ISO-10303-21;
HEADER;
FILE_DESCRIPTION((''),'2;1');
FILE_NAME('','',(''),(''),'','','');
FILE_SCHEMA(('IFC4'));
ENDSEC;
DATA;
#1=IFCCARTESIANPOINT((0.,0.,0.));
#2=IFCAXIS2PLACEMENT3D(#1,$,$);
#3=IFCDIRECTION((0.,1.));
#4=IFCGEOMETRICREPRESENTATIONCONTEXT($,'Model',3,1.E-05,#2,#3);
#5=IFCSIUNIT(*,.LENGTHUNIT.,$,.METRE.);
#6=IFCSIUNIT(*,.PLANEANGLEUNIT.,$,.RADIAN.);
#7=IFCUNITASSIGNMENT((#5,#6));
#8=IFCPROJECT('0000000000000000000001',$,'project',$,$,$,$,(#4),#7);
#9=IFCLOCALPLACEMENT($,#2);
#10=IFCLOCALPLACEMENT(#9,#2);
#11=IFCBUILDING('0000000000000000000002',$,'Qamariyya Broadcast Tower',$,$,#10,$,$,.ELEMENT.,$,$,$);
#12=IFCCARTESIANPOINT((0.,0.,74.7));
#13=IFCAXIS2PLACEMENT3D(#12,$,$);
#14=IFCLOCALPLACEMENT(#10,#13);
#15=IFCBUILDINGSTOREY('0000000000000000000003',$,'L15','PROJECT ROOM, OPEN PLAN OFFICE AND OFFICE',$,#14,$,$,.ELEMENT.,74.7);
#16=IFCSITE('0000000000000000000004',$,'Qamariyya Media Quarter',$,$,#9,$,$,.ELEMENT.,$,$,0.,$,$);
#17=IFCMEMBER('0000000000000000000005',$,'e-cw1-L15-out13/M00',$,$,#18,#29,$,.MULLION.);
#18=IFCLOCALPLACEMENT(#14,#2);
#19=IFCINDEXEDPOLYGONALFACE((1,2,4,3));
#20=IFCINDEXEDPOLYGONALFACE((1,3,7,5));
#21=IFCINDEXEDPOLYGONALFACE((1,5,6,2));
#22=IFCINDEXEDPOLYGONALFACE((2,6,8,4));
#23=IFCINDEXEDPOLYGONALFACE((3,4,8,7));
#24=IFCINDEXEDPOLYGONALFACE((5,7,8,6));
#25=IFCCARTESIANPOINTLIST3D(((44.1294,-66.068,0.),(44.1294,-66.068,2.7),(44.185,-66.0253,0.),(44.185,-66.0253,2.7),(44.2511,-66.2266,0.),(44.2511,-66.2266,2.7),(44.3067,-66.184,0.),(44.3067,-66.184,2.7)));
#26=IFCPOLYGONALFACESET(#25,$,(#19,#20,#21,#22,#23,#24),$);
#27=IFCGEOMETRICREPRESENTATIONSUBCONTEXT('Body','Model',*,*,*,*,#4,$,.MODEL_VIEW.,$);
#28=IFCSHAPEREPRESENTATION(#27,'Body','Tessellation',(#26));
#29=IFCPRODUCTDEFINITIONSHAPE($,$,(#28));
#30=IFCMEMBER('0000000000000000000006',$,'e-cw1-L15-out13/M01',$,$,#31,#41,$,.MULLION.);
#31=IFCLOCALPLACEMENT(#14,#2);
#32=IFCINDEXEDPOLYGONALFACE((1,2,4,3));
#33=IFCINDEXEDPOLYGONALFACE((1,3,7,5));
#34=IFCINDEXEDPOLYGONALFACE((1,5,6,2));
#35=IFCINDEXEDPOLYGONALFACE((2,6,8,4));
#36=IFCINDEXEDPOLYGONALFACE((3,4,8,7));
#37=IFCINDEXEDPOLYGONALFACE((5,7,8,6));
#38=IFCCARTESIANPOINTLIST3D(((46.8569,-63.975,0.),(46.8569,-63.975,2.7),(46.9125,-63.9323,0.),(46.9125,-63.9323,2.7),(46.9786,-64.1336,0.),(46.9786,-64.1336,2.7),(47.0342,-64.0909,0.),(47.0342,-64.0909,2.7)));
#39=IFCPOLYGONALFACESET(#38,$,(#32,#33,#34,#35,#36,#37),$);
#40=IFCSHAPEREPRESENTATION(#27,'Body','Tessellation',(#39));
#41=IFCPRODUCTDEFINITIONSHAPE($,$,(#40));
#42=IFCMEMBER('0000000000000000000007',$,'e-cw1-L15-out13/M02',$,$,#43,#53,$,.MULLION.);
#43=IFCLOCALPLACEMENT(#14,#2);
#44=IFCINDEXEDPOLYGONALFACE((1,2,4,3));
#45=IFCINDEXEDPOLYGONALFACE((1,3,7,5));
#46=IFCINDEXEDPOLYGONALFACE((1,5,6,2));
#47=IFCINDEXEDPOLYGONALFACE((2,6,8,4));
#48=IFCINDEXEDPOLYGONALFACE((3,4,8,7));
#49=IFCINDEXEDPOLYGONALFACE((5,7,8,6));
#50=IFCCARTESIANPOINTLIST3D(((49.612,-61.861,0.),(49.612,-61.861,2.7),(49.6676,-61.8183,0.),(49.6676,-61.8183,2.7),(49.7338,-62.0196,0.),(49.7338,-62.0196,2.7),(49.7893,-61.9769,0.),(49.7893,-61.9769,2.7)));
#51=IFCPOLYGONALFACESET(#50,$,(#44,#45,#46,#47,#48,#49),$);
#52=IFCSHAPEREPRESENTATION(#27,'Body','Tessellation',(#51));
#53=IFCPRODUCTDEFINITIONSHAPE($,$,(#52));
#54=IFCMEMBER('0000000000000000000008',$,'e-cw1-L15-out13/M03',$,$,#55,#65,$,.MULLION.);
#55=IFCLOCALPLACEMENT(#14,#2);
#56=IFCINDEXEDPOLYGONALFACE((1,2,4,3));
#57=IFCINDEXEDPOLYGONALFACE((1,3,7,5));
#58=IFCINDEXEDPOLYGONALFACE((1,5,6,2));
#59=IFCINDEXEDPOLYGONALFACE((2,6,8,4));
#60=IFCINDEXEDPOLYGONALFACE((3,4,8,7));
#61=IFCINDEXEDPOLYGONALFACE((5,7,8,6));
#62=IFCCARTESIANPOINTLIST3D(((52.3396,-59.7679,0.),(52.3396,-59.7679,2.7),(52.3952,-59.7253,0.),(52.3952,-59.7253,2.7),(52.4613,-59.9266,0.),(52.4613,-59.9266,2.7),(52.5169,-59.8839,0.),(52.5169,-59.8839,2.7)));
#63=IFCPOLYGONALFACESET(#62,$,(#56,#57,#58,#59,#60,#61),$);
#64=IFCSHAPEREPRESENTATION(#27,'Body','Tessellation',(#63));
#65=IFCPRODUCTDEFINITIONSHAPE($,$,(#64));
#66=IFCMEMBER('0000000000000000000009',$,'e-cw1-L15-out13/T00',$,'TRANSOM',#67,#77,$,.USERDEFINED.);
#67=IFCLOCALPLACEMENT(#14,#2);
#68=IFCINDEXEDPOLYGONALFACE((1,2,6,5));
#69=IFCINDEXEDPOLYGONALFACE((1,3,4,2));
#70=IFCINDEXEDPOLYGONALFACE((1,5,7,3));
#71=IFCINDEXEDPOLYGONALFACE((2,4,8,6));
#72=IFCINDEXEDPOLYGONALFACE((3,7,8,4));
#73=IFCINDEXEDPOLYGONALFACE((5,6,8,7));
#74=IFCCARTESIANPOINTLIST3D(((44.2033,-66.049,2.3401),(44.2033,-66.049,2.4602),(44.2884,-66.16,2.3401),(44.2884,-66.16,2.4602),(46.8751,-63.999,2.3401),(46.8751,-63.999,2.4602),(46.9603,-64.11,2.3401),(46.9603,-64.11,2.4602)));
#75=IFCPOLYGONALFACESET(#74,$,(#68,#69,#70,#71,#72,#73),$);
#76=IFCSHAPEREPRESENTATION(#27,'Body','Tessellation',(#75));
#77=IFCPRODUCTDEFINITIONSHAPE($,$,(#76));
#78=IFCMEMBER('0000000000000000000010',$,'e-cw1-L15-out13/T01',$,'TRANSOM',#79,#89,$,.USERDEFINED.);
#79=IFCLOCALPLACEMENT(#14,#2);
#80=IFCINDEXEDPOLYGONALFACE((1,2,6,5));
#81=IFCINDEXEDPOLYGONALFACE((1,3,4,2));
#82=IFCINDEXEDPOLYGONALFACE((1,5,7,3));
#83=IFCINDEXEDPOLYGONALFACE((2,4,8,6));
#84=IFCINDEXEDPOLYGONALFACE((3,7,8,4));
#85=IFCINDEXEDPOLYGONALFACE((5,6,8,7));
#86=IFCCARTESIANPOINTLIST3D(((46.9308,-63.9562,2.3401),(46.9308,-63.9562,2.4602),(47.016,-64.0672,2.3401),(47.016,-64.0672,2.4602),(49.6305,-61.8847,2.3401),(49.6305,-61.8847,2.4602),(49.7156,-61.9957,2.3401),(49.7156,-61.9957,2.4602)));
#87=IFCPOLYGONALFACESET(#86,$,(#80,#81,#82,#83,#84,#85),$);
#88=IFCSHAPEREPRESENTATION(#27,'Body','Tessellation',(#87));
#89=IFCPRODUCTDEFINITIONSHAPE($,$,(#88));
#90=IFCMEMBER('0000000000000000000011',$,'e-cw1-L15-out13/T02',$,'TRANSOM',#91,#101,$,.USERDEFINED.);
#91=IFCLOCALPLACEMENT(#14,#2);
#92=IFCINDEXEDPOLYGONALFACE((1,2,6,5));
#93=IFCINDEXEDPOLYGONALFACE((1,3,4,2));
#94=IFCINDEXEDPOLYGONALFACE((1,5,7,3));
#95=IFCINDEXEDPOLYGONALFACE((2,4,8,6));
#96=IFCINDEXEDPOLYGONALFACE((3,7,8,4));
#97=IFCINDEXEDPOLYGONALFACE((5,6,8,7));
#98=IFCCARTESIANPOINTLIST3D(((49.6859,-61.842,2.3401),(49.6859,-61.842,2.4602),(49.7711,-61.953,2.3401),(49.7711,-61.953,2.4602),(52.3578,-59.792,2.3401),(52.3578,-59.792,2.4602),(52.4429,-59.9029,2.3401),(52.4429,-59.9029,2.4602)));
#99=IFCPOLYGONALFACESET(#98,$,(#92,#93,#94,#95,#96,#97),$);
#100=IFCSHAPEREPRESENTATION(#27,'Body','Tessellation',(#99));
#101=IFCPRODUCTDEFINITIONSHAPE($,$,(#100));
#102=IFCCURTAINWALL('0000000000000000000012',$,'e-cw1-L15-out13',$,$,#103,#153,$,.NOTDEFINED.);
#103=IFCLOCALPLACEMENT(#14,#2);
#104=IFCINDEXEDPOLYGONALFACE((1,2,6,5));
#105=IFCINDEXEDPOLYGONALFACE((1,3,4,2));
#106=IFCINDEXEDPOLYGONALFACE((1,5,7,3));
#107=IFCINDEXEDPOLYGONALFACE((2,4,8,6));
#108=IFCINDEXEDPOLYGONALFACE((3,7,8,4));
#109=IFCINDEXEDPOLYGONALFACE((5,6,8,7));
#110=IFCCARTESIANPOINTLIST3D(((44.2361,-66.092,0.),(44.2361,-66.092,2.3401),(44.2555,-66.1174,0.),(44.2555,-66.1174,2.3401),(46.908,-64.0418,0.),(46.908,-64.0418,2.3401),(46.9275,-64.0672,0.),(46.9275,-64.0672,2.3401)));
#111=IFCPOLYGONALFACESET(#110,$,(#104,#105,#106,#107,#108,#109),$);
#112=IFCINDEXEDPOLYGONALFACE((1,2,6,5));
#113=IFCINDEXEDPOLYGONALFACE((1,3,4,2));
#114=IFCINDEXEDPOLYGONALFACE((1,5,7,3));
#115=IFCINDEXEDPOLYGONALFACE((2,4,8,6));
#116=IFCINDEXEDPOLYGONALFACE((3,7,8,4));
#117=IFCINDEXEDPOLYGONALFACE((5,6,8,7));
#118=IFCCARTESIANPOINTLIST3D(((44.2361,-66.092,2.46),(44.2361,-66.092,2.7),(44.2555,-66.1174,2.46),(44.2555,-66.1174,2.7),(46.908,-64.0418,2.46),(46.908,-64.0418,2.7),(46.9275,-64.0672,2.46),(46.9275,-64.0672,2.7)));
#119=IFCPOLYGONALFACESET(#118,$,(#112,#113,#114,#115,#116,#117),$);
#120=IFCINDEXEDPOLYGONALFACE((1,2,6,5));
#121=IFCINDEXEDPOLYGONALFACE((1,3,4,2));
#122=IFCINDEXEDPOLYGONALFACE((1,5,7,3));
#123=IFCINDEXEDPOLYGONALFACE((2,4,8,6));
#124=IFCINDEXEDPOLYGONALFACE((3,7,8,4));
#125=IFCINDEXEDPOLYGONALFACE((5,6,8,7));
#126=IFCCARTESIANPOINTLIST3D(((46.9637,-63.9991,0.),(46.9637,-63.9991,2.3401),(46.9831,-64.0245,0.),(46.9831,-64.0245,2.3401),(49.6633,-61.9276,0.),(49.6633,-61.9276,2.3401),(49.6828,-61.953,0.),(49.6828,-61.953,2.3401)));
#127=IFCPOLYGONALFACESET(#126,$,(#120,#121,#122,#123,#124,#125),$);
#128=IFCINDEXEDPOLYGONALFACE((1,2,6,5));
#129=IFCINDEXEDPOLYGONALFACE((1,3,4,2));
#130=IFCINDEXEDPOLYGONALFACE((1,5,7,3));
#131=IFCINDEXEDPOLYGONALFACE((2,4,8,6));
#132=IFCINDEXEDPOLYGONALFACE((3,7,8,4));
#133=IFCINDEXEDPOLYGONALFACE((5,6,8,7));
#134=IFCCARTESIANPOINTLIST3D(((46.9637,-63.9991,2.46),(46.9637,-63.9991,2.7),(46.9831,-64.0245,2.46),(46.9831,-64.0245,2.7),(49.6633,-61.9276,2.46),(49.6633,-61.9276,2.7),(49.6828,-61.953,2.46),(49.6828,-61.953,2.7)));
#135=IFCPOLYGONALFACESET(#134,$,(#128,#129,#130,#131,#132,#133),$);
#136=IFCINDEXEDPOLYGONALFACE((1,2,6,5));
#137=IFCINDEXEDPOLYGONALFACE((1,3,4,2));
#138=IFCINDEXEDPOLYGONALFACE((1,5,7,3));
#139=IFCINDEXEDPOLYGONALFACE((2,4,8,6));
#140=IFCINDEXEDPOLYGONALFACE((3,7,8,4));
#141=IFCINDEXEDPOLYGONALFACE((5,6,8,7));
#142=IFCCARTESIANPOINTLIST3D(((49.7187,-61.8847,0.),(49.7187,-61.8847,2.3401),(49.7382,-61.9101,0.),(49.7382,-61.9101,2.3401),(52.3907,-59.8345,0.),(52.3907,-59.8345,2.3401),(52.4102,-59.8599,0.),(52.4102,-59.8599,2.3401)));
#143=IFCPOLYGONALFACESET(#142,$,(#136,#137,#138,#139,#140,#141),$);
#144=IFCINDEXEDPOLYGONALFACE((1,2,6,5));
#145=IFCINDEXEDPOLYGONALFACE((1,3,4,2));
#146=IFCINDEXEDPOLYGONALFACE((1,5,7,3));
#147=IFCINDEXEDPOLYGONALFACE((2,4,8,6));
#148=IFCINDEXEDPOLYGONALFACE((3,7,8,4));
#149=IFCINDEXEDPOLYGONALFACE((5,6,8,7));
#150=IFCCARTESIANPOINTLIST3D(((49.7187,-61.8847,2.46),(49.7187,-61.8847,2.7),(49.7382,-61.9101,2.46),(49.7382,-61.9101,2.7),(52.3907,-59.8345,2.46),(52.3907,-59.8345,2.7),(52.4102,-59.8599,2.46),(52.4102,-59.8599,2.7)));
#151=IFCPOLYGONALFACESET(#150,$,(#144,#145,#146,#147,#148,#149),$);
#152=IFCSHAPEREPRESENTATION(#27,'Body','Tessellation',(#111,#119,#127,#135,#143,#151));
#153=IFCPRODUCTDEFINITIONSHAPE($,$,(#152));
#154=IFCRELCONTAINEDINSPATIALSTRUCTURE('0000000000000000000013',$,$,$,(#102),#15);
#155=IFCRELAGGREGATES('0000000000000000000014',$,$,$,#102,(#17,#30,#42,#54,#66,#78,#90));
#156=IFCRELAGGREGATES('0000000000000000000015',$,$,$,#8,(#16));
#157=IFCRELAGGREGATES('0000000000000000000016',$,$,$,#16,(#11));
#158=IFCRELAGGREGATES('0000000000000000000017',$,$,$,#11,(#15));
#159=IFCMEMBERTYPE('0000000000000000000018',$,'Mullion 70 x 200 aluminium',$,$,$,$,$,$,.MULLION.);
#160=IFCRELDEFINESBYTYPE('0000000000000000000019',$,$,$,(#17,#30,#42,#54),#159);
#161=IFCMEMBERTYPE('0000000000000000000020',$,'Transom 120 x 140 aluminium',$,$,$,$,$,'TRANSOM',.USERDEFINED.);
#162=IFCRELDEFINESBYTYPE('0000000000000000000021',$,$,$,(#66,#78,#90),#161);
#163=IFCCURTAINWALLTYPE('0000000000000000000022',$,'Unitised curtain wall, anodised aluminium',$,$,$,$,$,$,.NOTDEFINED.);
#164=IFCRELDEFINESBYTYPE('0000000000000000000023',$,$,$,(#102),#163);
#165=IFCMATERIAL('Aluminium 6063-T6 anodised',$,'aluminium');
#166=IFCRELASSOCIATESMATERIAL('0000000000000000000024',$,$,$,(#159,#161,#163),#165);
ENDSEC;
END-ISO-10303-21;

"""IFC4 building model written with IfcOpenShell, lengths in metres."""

from ifc_helpers import new_model, si_unit, direction, frame, origin, origin_2d, place, context, subcontext, project, spatial, rectangle, extrude, material, material_profile, profile_set, type_object, element, aggregate, save


model = new_model("IFC4")

# Units and contexts
model_context = context("Model", 3, precision=1e-05, world=origin(), true_north=direction((0.0, 1.0)))
body_context = subcontext(model_context, "Body", "Model", "MODEL_VIEW")
ifc_project = project(units=[si_unit("LENGTHUNIT", "METRE"), si_unit("PLANEANGLEUNIT", "RADIAN")], contexts=[model_context])

# Members
ifc_material = material(Name="Aluminium 6063-T6 anodised", Category="aluminium")
ifc_material_profile_1 = material_profile(ifc_material, rectangle(XDim=0.2, YDim=0.0701, at=origin_2d()))
ifc_profile_set_1 = profile_set([ifc_material_profile_1], Name="Aluminium 6063-T6 anodised")
member_type_1 = type_object("IfcMemberType", Name="Mullion 70 x 200 aluminium", PredefinedType="MULLION", material=ifc_profile_set_1)
site_placement = place(None, origin())
building_placement = place(site_placement, origin())
storey_placement = place(building_placement, frame((0.0, 0.0, 74.7)))
member_1_placement = place(storey_placement, frame((44.218, -66.126, 0.0), z_axis=(0.0, 0.0, 1.0), x_axis=(-0.608761, 0.793353, 0.0)))
member_1 = element("IfcMember", 1, at=member_1_placement, type_object=member_type_1, Name="e-cw1-L15-out13/M00", PredefinedType="MULLION", context=body_context, shape_type="SweptSolid", body=[
    extrude(rectangle(XDim=0.2, YDim=0.0701, at=origin_2d()), origin(), (0.0, 0.0, 1.0), 2.7),
])
member_2_placement = place(storey_placement, frame((46.9456, -64.033, 0.0), z_axis=(0.0, 0.0, 1.0), x_axis=(-0.608761, 0.793353, 0.0)))
member_2 = element("IfcMember", 2, at=member_2_placement, type_object=member_type_1, Name="e-cw1-L15-out13/M01", PredefinedType="MULLION", context=body_context, shape_type="SweptSolid", body=[
    extrude(rectangle(XDim=0.2, YDim=0.0701, at=origin_2d()), origin(), (0.0, 0.0, 1.0), 2.7),
])
member_3_placement = place(storey_placement, frame((49.7007, -61.9189, 0.0), z_axis=(0.0, 0.0, 1.0), x_axis=(-0.608761, 0.793353, 0.0)))
member_3 = element("IfcMember", 3, at=member_3_placement, type_object=member_type_1, Name="e-cw1-L15-out13/M02", PredefinedType="MULLION", context=body_context, shape_type="SweptSolid", body=[
    extrude(rectangle(XDim=0.2, YDim=0.0701, at=origin_2d()), origin(), (0.0, 0.0, 1.0), 2.7),
])
member_4_placement = place(storey_placement, frame((52.4282, -59.8259, 0.0), z_axis=(0.0, 0.0, 1.0), x_axis=(-0.608761, 0.793353, 0.0)))
member_4 = element("IfcMember", 4, at=member_4_placement, type_object=member_type_1, Name="e-cw1-L15-out13/M03", PredefinedType="MULLION", context=body_context, shape_type="SweptSolid", body=[
    extrude(rectangle(XDim=0.2, YDim=0.0701, at=origin_2d()), origin(), (0.0, 0.0, 1.0), 2.7),
])
ifc_material_profile_2 = material_profile(ifc_material, rectangle(XDim=0.1399, YDim=0.1201, at=origin_2d()))
ifc_profile_set_2 = profile_set([ifc_material_profile_2], Name="Aluminium 6063-T6 anodised")
member_type_2 = type_object("IfcMemberType", Name="Transom 120 x 140 aluminium", ElementType="TRANSOM", PredefinedType="USERDEFINED", material=ifc_profile_set_2)
member_5_placement = place(storey_placement, frame((44.2458, -66.1045, 2.4001), z_axis=(0.793375, 0.608733, 0.0), x_axis=(-0.608733, 0.793375, 0.0)))
member_5 = element("IfcMember", 5, at=member_5_placement, type_object=member_type_2, Name="e-cw1-L15-out13/T00", ObjectType="TRANSOM", PredefinedType="USERDEFINED", context=body_context, shape_type="SweptSolid", body=[
    extrude(rectangle(XDim=0.1399, YDim=0.1201, at=origin_2d()), origin(), (0.0, 0.0, 1.0), 3.3677),
])
member_6_placement = place(storey_placement, frame((46.9734, -64.0117, 2.4001), z_axis=(0.793357, 0.608757, 0.0), x_axis=(-0.608757, 0.793357, 0.0)))
member_6 = element("IfcMember", 6, at=member_6_placement, type_object=member_type_2, Name="e-cw1-L15-out13/T01", ObjectType="TRANSOM", PredefinedType="USERDEFINED", context=body_context, shape_type="SweptSolid", body=[
    extrude(rectangle(XDim=0.1399, YDim=0.1201, at=origin_2d()), origin(), (0.0, 0.0, 1.0), 3.4028),
])
member_7_placement = place(storey_placement, frame((49.7285, -61.8975, 2.4001), z_axis=(0.793375, 0.608733, 0.0), x_axis=(-0.608733, 0.793375, 0.0)))
member_7 = element("IfcMember", 7, at=member_7_placement, type_object=member_type_2, Name="e-cw1-L15-out13/T02", ObjectType="TRANSOM", PredefinedType="USERDEFINED", context=body_context, shape_type="SweptSolid", body=[
    extrude(rectangle(XDim=0.1399, YDim=0.1201, at=origin_2d()), origin(), (0.0, 0.0, 1.0), 3.3677),
])

# Site, building, storey
site = spatial("IfcSite", under=ifc_project, at=site_placement, Name="Qamariyya Media Quarter", CompositionType="ELEMENT", RefElevation=0.0)
building = spatial("IfcBuilding", under=site, at=building_placement, Name="Qamariyya Broadcast Tower", CompositionType="ELEMENT")
storey = spatial("IfcBuildingStorey", under=building, at=storey_placement, Name="L15", Description="PROJECT ROOM, OPEN PLAN OFFICE AND OFFICE", CompositionType="ELEMENT", Elevation=74.7)

# Curtain wall
curtain_wall_type = type_object("IfcCurtainWallType", Name="Unitised curtain wall, anodised aluminium", PredefinedType="NOTDEFINED", material=ifc_material)
curtain_wall_1_placement = place(storey_placement, origin())
curtain_wall_1 = element("IfcCurtainWall", 8, at=curtain_wall_1_placement, inside=storey, type_object=curtain_wall_type, Name="e-cw1-L15-out13", PredefinedType="NOTDEFINED", context=body_context, shape_type="SweptSolid", body=[
    extrude(rectangle(XDim=3.3679, YDim=0.032, at=origin_2d()), frame((45.5818, -65.0796, 0.0), x_axis=(0.793358, 0.608756, 0.0)), (0.0, 0.0, 1.0), 2.3401),
    extrude(rectangle(XDim=3.3679, YDim=0.032, at=origin_2d()), frame((45.5818, -65.0796, 2.46), x_axis=(0.793358, 0.608756, 0.0)), (0.0, 0.0, 1.0), 0.24),
    extrude(rectangle(XDim=3.4028, YDim=0.032, at=origin_2d()), frame((48.3232, -62.9761, 0.0), x_axis=(0.793358, 0.608756, 0.0)), (0.0, 0.0, 1.0), 2.3401),
    extrude(rectangle(XDim=3.4028, YDim=0.032, at=origin_2d()), frame((48.3232, -62.9761, 2.46), x_axis=(0.793358, 0.608756, 0.0)), (0.0, 0.0, 1.0), 0.24),
    extrude(rectangle(XDim=3.3679, YDim=0.032, at=origin_2d()), frame((51.0645, -60.8723, 0.0), x_axis=(0.793358, 0.608756, 0.0)), (0.0, 0.0, 1.0), 2.3401),
    extrude(rectangle(XDim=3.3679, YDim=0.032, at=origin_2d()), frame((51.0645, -60.8723, 2.46), x_axis=(0.793358, 0.608756, 0.0)), (0.0, 0.0, 1.0), 0.24),
])
aggregate(curtain_wall_1, [member_1, member_2, member_3, member_4, member_5, member_6, member_7])

save(model, "model.ifc")
